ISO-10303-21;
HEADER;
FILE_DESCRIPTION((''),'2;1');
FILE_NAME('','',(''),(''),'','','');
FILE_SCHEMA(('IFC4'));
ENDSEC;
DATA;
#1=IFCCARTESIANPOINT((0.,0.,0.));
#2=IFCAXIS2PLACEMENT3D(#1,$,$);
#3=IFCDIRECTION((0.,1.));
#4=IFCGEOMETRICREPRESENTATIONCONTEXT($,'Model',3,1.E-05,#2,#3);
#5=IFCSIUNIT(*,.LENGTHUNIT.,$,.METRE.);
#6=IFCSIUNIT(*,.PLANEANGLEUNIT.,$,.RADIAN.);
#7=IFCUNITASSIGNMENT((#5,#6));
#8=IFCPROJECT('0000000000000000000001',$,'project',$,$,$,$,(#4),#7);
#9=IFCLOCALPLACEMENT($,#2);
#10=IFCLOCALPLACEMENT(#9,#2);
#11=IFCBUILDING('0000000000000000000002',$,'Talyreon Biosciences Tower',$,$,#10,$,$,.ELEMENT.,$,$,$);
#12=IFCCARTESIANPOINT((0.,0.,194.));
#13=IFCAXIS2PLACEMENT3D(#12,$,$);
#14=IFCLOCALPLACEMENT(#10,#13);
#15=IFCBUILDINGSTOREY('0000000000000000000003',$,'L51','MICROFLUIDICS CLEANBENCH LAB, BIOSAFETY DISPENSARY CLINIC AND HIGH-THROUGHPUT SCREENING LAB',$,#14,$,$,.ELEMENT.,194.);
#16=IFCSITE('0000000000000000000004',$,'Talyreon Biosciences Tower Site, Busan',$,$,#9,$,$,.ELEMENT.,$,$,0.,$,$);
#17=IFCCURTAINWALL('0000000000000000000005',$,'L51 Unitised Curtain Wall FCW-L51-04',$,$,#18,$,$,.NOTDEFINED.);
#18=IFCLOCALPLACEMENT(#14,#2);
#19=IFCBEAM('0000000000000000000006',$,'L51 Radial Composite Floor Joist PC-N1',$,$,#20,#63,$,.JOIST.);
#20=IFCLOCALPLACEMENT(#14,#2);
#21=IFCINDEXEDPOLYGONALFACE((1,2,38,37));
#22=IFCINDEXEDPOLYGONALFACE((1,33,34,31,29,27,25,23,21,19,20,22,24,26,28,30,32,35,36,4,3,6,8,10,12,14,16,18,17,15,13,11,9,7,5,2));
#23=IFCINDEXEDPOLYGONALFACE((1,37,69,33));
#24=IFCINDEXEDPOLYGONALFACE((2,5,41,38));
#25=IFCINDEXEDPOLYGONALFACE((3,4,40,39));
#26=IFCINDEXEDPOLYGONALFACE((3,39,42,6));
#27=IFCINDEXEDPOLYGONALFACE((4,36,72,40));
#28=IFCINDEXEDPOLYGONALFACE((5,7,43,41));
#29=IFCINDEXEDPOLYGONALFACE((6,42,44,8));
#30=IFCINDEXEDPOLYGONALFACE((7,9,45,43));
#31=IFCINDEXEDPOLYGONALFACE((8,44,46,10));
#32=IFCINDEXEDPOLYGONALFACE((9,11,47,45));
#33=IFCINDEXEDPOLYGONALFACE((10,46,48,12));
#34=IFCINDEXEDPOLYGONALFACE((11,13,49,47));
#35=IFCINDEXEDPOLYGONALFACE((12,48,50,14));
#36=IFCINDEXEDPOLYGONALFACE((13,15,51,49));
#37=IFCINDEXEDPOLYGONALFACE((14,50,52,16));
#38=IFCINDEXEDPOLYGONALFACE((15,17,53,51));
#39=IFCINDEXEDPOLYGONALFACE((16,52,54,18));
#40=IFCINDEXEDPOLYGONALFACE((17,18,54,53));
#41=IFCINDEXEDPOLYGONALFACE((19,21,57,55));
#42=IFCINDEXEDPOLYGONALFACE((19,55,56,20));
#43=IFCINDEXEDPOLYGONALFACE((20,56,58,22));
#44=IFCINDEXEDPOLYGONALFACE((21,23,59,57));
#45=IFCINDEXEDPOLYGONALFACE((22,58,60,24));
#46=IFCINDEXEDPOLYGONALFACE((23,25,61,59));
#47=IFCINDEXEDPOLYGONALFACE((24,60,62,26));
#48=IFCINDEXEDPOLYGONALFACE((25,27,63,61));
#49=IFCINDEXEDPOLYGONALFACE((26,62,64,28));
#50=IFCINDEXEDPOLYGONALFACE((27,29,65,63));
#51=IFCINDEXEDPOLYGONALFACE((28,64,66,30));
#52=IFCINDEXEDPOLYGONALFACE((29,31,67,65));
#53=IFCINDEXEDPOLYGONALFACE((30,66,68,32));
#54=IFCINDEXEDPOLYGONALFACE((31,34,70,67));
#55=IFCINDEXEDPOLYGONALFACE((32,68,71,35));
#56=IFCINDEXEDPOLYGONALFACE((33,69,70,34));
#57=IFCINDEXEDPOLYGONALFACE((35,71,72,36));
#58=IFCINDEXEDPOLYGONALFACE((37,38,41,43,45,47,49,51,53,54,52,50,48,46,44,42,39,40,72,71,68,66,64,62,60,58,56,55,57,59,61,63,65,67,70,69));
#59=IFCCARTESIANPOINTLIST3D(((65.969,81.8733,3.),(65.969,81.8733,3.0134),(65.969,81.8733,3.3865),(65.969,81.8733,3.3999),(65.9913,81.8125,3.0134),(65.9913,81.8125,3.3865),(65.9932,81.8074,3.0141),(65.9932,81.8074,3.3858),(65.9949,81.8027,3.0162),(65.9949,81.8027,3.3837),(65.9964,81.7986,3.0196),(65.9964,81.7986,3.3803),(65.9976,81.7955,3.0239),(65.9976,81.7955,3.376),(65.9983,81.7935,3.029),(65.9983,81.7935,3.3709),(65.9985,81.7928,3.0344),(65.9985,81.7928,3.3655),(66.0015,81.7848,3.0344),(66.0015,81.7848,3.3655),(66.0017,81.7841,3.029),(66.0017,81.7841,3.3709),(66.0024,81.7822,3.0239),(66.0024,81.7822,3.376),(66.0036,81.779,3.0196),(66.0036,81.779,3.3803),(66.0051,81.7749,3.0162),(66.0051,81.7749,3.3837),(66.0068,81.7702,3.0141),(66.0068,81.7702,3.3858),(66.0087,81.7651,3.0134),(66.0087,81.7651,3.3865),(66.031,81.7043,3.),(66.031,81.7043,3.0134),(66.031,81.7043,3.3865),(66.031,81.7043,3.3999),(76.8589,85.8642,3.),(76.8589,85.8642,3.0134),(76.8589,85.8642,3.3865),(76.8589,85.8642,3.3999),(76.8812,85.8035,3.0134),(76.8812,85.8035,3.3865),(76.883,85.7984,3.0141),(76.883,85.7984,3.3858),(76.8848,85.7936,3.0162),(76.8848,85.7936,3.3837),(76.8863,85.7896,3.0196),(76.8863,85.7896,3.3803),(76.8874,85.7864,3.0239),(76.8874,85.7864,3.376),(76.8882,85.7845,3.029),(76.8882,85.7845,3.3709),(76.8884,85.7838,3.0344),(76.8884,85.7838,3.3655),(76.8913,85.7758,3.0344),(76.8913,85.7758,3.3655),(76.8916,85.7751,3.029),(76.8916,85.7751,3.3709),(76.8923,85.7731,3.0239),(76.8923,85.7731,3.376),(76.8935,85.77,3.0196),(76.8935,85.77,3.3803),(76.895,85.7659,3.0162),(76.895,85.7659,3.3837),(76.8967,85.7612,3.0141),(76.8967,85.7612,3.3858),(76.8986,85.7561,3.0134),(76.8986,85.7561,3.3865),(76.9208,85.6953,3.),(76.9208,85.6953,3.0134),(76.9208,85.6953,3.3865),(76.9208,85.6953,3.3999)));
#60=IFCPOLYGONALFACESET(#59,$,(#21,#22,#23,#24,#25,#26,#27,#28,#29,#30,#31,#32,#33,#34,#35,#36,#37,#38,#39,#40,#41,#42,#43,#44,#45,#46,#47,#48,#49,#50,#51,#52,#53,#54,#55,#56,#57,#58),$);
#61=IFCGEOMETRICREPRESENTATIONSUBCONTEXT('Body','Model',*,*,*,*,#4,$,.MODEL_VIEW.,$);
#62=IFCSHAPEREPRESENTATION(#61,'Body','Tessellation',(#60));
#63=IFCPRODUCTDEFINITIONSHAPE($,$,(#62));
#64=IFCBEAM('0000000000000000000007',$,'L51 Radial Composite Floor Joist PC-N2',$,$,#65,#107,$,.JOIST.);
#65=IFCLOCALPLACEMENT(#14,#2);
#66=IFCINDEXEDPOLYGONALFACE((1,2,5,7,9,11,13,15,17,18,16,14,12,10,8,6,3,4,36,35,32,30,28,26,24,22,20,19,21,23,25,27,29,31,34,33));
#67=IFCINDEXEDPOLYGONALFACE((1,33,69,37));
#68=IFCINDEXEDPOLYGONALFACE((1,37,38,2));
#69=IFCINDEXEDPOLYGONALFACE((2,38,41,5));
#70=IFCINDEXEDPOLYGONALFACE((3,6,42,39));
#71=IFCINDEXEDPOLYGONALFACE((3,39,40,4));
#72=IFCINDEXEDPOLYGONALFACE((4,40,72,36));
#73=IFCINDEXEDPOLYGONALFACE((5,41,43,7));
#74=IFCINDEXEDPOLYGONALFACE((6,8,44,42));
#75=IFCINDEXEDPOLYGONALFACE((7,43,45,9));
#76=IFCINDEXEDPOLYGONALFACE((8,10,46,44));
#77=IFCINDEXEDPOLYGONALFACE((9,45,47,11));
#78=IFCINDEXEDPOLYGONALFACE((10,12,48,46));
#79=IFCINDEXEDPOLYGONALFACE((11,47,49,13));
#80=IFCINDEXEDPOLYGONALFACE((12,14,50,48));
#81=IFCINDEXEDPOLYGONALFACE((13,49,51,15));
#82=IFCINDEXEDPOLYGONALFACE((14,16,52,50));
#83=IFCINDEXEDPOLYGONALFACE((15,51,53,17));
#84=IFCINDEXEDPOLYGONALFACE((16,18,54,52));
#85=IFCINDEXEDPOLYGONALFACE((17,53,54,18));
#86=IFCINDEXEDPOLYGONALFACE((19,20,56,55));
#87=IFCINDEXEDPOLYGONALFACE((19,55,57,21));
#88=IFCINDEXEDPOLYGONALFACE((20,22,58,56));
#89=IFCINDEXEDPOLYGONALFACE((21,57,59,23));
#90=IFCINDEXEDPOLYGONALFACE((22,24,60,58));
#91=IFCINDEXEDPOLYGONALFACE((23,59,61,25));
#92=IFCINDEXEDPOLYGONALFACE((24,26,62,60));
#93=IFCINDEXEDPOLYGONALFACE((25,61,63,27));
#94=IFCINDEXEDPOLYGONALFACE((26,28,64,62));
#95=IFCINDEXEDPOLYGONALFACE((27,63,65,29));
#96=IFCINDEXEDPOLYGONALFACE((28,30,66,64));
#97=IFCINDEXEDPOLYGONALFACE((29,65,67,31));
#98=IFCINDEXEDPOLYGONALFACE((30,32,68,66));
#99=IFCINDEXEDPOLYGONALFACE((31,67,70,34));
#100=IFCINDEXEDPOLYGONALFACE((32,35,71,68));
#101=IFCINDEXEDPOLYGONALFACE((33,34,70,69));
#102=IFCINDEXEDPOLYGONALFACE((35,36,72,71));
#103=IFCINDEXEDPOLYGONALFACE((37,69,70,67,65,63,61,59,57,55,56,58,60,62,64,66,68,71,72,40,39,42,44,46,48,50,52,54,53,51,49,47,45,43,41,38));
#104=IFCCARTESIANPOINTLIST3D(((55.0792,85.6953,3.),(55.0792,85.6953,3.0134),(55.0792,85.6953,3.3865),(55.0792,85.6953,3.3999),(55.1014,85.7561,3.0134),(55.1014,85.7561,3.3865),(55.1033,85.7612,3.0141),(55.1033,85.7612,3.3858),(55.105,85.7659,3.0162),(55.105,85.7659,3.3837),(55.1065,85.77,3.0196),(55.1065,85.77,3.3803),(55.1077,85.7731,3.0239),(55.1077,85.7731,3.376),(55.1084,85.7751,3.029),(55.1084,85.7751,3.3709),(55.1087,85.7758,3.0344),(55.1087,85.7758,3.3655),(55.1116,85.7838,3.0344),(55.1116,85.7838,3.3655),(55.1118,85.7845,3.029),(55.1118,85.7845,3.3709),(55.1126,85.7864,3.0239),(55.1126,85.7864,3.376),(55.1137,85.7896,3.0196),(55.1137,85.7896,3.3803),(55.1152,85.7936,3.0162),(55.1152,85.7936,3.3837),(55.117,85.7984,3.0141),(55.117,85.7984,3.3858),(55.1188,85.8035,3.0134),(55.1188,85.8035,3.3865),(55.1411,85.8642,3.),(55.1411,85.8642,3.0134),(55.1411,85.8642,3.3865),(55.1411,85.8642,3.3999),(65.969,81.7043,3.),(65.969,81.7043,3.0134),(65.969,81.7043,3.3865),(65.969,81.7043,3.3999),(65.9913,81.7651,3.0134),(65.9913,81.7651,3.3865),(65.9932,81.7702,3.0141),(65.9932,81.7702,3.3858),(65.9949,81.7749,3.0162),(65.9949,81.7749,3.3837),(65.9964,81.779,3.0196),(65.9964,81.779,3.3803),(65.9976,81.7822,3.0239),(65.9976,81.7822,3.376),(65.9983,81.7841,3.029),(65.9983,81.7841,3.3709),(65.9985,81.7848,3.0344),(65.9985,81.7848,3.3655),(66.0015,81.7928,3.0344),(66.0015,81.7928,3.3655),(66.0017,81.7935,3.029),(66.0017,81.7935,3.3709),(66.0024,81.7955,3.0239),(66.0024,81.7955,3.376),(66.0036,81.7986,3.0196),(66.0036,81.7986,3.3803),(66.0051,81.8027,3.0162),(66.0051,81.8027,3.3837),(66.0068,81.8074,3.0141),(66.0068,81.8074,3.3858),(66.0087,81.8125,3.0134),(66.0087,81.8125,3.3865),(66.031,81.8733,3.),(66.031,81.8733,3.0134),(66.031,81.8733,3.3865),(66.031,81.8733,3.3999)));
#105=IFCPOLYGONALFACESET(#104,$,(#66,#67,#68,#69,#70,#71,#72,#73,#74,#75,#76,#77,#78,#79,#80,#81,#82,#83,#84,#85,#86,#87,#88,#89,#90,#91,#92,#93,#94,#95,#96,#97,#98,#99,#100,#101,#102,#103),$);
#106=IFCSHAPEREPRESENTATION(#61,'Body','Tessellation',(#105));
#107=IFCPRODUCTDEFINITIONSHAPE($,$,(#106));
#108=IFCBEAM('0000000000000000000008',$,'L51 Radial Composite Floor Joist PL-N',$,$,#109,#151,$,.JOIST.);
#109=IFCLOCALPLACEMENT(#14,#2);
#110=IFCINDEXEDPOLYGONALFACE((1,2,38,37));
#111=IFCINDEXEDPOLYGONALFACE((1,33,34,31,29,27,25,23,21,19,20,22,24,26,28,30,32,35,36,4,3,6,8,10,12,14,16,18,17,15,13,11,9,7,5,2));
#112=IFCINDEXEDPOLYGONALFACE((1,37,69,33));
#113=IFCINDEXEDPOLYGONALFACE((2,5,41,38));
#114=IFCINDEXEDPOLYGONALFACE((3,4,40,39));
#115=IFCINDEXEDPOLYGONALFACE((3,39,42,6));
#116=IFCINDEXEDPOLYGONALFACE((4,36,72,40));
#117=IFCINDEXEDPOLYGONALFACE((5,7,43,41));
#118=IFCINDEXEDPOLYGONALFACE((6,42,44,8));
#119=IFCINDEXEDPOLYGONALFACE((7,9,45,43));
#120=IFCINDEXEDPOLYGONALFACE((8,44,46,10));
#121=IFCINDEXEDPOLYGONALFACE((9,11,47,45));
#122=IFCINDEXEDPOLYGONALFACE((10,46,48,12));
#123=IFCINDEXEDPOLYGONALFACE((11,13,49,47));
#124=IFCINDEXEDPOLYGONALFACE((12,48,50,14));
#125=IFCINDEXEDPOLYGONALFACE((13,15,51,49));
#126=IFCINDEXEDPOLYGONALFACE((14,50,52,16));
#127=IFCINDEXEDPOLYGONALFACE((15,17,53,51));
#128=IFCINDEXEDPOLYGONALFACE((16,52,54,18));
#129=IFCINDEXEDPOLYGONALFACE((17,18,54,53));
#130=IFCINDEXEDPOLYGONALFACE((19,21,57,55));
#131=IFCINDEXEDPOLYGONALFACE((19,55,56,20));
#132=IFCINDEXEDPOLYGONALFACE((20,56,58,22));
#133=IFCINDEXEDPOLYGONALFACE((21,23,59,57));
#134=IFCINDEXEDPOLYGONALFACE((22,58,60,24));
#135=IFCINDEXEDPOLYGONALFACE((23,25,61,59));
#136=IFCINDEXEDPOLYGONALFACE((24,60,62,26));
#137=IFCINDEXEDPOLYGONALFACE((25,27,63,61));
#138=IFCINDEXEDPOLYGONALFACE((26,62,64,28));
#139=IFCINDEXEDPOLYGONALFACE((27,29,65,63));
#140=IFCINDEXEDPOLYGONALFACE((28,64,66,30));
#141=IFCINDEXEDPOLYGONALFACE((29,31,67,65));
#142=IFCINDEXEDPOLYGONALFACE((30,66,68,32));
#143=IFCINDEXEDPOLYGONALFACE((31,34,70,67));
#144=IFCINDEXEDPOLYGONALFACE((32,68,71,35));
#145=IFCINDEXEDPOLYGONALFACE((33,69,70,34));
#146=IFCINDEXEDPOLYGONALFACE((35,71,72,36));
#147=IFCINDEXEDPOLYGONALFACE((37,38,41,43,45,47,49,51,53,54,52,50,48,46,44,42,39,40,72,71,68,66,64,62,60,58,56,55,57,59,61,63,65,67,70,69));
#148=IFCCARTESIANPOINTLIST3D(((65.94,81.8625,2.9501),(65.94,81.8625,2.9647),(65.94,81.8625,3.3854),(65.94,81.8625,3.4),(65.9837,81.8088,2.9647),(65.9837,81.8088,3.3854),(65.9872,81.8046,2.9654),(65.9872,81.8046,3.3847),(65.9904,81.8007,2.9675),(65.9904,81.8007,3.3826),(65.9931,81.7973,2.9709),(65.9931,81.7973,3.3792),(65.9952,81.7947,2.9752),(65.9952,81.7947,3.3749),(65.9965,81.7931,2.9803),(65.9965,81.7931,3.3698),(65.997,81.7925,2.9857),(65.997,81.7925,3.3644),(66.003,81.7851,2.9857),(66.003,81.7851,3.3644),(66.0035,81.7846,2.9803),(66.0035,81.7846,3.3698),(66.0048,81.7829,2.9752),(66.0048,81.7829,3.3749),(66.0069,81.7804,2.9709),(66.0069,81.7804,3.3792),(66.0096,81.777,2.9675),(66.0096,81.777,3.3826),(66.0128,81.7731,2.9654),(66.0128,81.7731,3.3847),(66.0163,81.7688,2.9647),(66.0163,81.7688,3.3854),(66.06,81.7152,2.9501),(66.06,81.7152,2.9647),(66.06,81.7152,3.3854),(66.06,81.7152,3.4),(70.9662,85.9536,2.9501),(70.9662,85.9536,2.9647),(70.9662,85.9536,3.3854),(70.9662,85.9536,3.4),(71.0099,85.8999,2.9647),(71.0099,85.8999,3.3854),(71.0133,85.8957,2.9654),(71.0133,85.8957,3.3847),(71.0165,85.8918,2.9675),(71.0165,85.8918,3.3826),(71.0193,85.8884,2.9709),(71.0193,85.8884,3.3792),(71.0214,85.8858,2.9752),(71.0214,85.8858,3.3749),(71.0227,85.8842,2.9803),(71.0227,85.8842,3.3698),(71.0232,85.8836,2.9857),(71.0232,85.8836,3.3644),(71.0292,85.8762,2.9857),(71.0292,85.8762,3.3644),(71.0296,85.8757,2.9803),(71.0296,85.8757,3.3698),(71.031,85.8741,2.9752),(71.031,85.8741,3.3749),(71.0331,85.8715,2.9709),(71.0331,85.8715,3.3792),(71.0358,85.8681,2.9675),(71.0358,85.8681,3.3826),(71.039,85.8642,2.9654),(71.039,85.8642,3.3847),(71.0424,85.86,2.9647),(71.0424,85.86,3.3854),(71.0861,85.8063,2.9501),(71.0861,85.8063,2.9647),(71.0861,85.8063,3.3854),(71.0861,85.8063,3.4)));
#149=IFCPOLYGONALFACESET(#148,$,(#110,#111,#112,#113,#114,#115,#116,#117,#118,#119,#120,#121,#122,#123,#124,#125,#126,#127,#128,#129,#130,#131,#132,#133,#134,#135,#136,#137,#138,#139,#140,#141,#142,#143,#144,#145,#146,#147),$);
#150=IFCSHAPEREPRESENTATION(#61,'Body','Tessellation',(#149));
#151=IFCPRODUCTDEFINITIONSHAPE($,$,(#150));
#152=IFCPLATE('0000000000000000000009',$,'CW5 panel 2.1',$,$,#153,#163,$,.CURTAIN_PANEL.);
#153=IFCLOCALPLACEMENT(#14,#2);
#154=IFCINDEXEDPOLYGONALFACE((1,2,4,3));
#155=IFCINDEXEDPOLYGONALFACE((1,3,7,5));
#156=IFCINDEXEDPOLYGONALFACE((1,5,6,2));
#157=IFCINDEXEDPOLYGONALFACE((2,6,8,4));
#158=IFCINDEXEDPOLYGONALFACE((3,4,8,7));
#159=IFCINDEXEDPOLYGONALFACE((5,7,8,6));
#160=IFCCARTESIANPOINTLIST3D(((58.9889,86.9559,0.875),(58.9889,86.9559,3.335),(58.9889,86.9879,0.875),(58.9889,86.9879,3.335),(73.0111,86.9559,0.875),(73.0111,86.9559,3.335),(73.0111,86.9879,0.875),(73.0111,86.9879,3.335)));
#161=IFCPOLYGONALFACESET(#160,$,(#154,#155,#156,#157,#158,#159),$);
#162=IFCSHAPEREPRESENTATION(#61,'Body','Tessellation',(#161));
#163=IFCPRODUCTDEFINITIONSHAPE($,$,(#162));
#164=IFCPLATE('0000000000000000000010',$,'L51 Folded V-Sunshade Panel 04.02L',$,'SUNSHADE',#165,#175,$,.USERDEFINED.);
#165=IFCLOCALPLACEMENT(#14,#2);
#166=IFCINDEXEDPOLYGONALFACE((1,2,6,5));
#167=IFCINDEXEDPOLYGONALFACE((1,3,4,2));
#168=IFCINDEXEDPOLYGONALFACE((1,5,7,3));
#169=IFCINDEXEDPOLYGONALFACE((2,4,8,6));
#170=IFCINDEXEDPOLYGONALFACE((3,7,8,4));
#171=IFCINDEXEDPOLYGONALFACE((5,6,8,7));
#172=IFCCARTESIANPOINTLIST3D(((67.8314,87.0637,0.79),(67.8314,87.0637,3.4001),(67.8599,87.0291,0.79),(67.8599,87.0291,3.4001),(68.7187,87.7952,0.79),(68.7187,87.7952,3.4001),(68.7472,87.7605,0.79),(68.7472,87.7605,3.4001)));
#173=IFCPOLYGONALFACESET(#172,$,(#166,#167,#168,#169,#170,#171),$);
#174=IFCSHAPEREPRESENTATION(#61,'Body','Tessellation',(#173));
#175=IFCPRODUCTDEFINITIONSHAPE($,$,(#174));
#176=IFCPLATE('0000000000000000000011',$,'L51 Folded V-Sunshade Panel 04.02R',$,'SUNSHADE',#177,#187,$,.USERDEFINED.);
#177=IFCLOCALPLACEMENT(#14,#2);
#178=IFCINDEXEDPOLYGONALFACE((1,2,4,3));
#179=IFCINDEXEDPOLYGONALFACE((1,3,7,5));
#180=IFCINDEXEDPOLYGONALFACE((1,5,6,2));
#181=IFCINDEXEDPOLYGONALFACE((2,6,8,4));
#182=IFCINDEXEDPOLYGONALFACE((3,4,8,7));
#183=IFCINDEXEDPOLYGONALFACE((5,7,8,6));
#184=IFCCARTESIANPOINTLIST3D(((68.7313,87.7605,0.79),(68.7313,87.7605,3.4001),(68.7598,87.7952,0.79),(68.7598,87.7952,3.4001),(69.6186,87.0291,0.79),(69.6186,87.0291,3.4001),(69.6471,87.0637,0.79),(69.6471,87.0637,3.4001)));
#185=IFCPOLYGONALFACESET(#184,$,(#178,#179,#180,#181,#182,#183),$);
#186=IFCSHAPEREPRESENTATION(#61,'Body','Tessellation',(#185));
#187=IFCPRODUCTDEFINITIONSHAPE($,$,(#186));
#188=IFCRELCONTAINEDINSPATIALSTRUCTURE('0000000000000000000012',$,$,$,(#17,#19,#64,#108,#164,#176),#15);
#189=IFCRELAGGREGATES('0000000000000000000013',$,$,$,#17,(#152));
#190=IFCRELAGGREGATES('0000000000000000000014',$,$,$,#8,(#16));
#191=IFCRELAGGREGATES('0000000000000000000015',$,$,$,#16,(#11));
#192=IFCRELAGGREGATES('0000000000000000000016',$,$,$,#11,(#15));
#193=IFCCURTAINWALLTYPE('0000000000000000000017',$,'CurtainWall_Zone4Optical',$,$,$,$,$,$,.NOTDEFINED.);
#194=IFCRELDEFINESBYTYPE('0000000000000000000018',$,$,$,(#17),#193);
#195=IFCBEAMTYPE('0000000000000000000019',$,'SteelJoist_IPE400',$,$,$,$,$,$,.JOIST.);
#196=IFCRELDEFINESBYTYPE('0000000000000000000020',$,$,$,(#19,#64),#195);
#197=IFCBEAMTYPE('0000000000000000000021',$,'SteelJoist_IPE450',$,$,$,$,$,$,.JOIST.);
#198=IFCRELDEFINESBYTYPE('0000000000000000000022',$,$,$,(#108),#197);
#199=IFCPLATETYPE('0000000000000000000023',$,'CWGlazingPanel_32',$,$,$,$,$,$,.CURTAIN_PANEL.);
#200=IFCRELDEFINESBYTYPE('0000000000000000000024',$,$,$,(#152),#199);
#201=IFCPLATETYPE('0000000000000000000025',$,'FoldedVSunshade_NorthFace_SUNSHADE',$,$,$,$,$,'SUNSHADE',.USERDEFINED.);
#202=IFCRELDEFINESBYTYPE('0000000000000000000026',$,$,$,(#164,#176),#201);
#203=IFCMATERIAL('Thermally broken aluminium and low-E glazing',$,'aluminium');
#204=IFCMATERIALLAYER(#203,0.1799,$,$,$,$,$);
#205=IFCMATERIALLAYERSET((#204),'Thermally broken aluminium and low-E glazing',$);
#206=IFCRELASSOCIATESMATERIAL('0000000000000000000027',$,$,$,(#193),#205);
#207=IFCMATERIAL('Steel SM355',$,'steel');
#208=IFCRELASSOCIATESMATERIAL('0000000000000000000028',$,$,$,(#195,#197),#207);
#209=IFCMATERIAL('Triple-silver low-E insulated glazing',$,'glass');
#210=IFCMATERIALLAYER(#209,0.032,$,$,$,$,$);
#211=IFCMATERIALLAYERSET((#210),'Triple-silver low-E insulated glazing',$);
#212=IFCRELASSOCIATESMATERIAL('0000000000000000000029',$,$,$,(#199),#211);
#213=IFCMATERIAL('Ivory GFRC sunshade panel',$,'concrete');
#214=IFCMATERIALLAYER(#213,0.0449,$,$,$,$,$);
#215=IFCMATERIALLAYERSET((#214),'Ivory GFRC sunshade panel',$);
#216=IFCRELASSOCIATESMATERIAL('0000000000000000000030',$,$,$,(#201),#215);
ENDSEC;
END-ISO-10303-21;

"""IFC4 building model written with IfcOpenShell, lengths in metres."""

from ifc_helpers import new_model, si_unit, direction, frame, origin, origin_2d, place, context, subcontext, project, spatial, rectangle, i_section, extrude, material, layer, layer_set, material_profile, profile_set, type_object, element, aggregate, save


model = new_model("IFC4")

# Units and contexts
model_context = context("Model", 3, precision=1e-05, world=origin(), true_north=direction((0.0, 1.0)))
body_context = subcontext(model_context, "Body", "Model", "MODEL_VIEW")
ifc_project = project(units=[si_unit("LENGTHUNIT", "METRE"), si_unit("PLANEANGLEUNIT", "RADIAN")], contexts=[model_context])

# Site, building, storey
site_placement = place(None, origin())
site = spatial("IfcSite", under=ifc_project, at=site_placement, Name="Talyreon Biosciences Tower Site, Busan", CompositionType="ELEMENT", RefElevation=0.0)
building_placement = place(site_placement, origin())
building = spatial("IfcBuilding", under=site, at=building_placement, Name="Talyreon Biosciences Tower", CompositionType="ELEMENT")
storey_placement = place(building_placement, frame((0.0, 0.0, 194.0)))
storey = spatial("IfcBuildingStorey", under=building, at=storey_placement, Name="L51", Description="MICROFLUIDICS CLEANBENCH LAB, BIOSAFETY DISPENSARY CLINIC AND HIGH-THROUGHPUT SCREENING LAB", CompositionType="ELEMENT", Elevation=194.0)

# Curtain wall
ifc_material_1 = material(Name="Thermally broken aluminium and low-E glazing", Category="aluminium")
ifc_layer_1 = layer(ifc_material_1, 0.1799)
ifc_layer_set_1 = layer_set([ifc_layer_1], Name="Thermally broken aluminium and low-E glazing")
curtain_wall_type = type_object("IfcCurtainWallType", Name="CurtainWall_Zone4Optical", PredefinedType="NOTDEFINED", material=ifc_layer_set_1)
curtain_wall_placement = place(storey_placement, origin())
curtain_wall = element("IfcCurtainWall", 1, at=curtain_wall_placement, inside=storey, type_object=curtain_wall_type, Name="L51 Unitised Curtain Wall FCW-L51-04", PredefinedType="NOTDEFINED")

# Beams
ifc_material_2 = material(Name="Steel SM355", Category="steel")
ifc_material_profile_1 = material_profile(ifc_material_2, i_section(OverallWidth=0.1799, OverallDepth=0.3999, WebThickness=0.0085, FlangeThickness=0.0134, FilletRadius=0.021, at=origin_2d()), Name="IPE400")
ifc_profile_set_1 = profile_set([ifc_material_profile_1], Name="Steel SM355")
beam_type_1 = type_object("IfcBeamType", Name="SteelJoist_IPE400", PredefinedType="JOIST", material=ifc_profile_set_1)
for number, where, z_axis, x_axis, name in (
    (2, (66.0, 81.7888, 3.2), (0.938932, 0.344103, 0.0), (-0.344103, 0.938932, 0.0), "L51 Radial Composite Floor Joist PC-N1"),
    (3, (66.0, 81.7888, 3.2), (-0.938932, 0.344103, 0.0), (-0.344103, -0.938932, 0.0), "L51 Radial Composite Floor Joist PC-N2"),
):
    element("IfcBeam", number, at=place(storey_placement, frame(where, z_axis=z_axis, x_axis=x_axis)), inside=storey, type_object=beam_type_1, Name=name, PredefinedType="JOIST", context=body_context, shape_type="SweptSolid", body=[
        extrude(i_section(OverallWidth=0.1799, OverallDepth=0.3999, WebThickness=0.0085, FlangeThickness=0.0134, FilletRadius=0.021, at=origin_2d()), origin(), (0.0, 0.0, 1.0), 11.5981),
    ])
ifc_material_profile_2 = material_profile(ifc_material_2, i_section(OverallWidth=0.1899, OverallDepth=0.45, WebThickness=0.0095, FlangeThickness=0.0146, FilletRadius=0.021, at=origin_2d()), Name="IPE450")
ifc_profile_set_2 = profile_set([ifc_material_profile_2], Name="Steel SM355")
beam_type_2 = type_object("IfcBeamType", Name="SteelJoist_IPE450", PredefinedType="JOIST", material=ifc_profile_set_2)
beam_1_placement = place(storey_placement, frame((66.0, 81.7888, 3.175), z_axis=(0.775559, 0.631275, 0.0), x_axis=(-0.631275, 0.775559, 0.0)))
element("IfcBeam", 4, at=beam_1_placement, inside=storey, type_object=beam_type_2, Name="L51 Radial Composite Floor Joist PL-N", PredefinedType="JOIST", context=body_context, shape_type="SweptSolid", body=[
    extrude(i_section(OverallWidth=0.1899, OverallDepth=0.45, WebThickness=0.0095, FlangeThickness=0.0146, FilletRadius=0.021, at=origin_2d()), origin(), (0.0, 0.0, 1.0), 6.4807),
])

# Plate
ifc_material_3 = material(Name="Triple-silver low-E insulated glazing", Category="glass")
ifc_layer_2 = layer(ifc_material_3, 0.032)
ifc_layer_set_2 = layer_set([ifc_layer_2], Name="Triple-silver low-E insulated glazing")
plate_type_1 = type_object("IfcPlateType", Name="CWGlazingPanel_32", PredefinedType="CURTAIN_PANEL", material=ifc_layer_set_2)
plate_placement = place(storey_placement, frame((66.0, 86.9719, 0.875), z_axis=(0.0, 0.0, 1.0), x_axis=(1.0, 0.0, 0.0)))
plate = element("IfcPlate", 5, at=plate_placement, type_object=plate_type_1, Name="CW5 panel 2.1", PredefinedType="CURTAIN_PANEL", context=body_context, shape_type="SweptSolid", body=[
    extrude(rectangle(XDim=14.0222, YDim=0.032, at=origin_2d()), origin(), (0.0, 0.0, 1.0), 2.46),
])
aggregate(curtain_wall, [plate])

# Plates
ifc_material_4 = material(Name="Ivory GFRC sunshade panel", Category="concrete")
ifc_layer_3 = layer(ifc_material_4, 0.0449)
ifc_layer_set_3 = layer_set([ifc_layer_3], Name="Ivory GFRC sunshade panel")
plate_type_2 = type_object("IfcPlateType", Name="FoldedVSunshade_NorthFace_SUNSHADE", ElementType="SUNSHADE", PredefinedType="USERDEFINED", material=ifc_layer_set_3)
for number, where, z_axis, x_axis, name in (
    (6, (68.2893, 87.4121, 0.79), (0.0, 0.0, 1.0), (0.771625, 0.636078, 0.0), "L51 Folded V-Sunshade Panel 04.02L"),
    (7, (69.1892, 87.4121, 0.79), (0.0, 0.0, 1.0), (0.771625, -0.636078, 0.0), "L51 Folded V-Sunshade Panel 04.02R"),
):
    element("IfcPlate", number, at=place(storey_placement, frame(where, z_axis=z_axis, x_axis=x_axis)), inside=storey, type_object=plate_type_2, Name=name, ObjectType="SUNSHADE", PredefinedType="USERDEFINED", context=body_context, shape_type="SweptSolid", body=[
        extrude(rectangle(XDim=1.1499, YDim=0.0449, at=origin_2d()), origin(), (0.0, 0.0, 1.0), 2.6101),
    ])

save(model, "model.ifc")
